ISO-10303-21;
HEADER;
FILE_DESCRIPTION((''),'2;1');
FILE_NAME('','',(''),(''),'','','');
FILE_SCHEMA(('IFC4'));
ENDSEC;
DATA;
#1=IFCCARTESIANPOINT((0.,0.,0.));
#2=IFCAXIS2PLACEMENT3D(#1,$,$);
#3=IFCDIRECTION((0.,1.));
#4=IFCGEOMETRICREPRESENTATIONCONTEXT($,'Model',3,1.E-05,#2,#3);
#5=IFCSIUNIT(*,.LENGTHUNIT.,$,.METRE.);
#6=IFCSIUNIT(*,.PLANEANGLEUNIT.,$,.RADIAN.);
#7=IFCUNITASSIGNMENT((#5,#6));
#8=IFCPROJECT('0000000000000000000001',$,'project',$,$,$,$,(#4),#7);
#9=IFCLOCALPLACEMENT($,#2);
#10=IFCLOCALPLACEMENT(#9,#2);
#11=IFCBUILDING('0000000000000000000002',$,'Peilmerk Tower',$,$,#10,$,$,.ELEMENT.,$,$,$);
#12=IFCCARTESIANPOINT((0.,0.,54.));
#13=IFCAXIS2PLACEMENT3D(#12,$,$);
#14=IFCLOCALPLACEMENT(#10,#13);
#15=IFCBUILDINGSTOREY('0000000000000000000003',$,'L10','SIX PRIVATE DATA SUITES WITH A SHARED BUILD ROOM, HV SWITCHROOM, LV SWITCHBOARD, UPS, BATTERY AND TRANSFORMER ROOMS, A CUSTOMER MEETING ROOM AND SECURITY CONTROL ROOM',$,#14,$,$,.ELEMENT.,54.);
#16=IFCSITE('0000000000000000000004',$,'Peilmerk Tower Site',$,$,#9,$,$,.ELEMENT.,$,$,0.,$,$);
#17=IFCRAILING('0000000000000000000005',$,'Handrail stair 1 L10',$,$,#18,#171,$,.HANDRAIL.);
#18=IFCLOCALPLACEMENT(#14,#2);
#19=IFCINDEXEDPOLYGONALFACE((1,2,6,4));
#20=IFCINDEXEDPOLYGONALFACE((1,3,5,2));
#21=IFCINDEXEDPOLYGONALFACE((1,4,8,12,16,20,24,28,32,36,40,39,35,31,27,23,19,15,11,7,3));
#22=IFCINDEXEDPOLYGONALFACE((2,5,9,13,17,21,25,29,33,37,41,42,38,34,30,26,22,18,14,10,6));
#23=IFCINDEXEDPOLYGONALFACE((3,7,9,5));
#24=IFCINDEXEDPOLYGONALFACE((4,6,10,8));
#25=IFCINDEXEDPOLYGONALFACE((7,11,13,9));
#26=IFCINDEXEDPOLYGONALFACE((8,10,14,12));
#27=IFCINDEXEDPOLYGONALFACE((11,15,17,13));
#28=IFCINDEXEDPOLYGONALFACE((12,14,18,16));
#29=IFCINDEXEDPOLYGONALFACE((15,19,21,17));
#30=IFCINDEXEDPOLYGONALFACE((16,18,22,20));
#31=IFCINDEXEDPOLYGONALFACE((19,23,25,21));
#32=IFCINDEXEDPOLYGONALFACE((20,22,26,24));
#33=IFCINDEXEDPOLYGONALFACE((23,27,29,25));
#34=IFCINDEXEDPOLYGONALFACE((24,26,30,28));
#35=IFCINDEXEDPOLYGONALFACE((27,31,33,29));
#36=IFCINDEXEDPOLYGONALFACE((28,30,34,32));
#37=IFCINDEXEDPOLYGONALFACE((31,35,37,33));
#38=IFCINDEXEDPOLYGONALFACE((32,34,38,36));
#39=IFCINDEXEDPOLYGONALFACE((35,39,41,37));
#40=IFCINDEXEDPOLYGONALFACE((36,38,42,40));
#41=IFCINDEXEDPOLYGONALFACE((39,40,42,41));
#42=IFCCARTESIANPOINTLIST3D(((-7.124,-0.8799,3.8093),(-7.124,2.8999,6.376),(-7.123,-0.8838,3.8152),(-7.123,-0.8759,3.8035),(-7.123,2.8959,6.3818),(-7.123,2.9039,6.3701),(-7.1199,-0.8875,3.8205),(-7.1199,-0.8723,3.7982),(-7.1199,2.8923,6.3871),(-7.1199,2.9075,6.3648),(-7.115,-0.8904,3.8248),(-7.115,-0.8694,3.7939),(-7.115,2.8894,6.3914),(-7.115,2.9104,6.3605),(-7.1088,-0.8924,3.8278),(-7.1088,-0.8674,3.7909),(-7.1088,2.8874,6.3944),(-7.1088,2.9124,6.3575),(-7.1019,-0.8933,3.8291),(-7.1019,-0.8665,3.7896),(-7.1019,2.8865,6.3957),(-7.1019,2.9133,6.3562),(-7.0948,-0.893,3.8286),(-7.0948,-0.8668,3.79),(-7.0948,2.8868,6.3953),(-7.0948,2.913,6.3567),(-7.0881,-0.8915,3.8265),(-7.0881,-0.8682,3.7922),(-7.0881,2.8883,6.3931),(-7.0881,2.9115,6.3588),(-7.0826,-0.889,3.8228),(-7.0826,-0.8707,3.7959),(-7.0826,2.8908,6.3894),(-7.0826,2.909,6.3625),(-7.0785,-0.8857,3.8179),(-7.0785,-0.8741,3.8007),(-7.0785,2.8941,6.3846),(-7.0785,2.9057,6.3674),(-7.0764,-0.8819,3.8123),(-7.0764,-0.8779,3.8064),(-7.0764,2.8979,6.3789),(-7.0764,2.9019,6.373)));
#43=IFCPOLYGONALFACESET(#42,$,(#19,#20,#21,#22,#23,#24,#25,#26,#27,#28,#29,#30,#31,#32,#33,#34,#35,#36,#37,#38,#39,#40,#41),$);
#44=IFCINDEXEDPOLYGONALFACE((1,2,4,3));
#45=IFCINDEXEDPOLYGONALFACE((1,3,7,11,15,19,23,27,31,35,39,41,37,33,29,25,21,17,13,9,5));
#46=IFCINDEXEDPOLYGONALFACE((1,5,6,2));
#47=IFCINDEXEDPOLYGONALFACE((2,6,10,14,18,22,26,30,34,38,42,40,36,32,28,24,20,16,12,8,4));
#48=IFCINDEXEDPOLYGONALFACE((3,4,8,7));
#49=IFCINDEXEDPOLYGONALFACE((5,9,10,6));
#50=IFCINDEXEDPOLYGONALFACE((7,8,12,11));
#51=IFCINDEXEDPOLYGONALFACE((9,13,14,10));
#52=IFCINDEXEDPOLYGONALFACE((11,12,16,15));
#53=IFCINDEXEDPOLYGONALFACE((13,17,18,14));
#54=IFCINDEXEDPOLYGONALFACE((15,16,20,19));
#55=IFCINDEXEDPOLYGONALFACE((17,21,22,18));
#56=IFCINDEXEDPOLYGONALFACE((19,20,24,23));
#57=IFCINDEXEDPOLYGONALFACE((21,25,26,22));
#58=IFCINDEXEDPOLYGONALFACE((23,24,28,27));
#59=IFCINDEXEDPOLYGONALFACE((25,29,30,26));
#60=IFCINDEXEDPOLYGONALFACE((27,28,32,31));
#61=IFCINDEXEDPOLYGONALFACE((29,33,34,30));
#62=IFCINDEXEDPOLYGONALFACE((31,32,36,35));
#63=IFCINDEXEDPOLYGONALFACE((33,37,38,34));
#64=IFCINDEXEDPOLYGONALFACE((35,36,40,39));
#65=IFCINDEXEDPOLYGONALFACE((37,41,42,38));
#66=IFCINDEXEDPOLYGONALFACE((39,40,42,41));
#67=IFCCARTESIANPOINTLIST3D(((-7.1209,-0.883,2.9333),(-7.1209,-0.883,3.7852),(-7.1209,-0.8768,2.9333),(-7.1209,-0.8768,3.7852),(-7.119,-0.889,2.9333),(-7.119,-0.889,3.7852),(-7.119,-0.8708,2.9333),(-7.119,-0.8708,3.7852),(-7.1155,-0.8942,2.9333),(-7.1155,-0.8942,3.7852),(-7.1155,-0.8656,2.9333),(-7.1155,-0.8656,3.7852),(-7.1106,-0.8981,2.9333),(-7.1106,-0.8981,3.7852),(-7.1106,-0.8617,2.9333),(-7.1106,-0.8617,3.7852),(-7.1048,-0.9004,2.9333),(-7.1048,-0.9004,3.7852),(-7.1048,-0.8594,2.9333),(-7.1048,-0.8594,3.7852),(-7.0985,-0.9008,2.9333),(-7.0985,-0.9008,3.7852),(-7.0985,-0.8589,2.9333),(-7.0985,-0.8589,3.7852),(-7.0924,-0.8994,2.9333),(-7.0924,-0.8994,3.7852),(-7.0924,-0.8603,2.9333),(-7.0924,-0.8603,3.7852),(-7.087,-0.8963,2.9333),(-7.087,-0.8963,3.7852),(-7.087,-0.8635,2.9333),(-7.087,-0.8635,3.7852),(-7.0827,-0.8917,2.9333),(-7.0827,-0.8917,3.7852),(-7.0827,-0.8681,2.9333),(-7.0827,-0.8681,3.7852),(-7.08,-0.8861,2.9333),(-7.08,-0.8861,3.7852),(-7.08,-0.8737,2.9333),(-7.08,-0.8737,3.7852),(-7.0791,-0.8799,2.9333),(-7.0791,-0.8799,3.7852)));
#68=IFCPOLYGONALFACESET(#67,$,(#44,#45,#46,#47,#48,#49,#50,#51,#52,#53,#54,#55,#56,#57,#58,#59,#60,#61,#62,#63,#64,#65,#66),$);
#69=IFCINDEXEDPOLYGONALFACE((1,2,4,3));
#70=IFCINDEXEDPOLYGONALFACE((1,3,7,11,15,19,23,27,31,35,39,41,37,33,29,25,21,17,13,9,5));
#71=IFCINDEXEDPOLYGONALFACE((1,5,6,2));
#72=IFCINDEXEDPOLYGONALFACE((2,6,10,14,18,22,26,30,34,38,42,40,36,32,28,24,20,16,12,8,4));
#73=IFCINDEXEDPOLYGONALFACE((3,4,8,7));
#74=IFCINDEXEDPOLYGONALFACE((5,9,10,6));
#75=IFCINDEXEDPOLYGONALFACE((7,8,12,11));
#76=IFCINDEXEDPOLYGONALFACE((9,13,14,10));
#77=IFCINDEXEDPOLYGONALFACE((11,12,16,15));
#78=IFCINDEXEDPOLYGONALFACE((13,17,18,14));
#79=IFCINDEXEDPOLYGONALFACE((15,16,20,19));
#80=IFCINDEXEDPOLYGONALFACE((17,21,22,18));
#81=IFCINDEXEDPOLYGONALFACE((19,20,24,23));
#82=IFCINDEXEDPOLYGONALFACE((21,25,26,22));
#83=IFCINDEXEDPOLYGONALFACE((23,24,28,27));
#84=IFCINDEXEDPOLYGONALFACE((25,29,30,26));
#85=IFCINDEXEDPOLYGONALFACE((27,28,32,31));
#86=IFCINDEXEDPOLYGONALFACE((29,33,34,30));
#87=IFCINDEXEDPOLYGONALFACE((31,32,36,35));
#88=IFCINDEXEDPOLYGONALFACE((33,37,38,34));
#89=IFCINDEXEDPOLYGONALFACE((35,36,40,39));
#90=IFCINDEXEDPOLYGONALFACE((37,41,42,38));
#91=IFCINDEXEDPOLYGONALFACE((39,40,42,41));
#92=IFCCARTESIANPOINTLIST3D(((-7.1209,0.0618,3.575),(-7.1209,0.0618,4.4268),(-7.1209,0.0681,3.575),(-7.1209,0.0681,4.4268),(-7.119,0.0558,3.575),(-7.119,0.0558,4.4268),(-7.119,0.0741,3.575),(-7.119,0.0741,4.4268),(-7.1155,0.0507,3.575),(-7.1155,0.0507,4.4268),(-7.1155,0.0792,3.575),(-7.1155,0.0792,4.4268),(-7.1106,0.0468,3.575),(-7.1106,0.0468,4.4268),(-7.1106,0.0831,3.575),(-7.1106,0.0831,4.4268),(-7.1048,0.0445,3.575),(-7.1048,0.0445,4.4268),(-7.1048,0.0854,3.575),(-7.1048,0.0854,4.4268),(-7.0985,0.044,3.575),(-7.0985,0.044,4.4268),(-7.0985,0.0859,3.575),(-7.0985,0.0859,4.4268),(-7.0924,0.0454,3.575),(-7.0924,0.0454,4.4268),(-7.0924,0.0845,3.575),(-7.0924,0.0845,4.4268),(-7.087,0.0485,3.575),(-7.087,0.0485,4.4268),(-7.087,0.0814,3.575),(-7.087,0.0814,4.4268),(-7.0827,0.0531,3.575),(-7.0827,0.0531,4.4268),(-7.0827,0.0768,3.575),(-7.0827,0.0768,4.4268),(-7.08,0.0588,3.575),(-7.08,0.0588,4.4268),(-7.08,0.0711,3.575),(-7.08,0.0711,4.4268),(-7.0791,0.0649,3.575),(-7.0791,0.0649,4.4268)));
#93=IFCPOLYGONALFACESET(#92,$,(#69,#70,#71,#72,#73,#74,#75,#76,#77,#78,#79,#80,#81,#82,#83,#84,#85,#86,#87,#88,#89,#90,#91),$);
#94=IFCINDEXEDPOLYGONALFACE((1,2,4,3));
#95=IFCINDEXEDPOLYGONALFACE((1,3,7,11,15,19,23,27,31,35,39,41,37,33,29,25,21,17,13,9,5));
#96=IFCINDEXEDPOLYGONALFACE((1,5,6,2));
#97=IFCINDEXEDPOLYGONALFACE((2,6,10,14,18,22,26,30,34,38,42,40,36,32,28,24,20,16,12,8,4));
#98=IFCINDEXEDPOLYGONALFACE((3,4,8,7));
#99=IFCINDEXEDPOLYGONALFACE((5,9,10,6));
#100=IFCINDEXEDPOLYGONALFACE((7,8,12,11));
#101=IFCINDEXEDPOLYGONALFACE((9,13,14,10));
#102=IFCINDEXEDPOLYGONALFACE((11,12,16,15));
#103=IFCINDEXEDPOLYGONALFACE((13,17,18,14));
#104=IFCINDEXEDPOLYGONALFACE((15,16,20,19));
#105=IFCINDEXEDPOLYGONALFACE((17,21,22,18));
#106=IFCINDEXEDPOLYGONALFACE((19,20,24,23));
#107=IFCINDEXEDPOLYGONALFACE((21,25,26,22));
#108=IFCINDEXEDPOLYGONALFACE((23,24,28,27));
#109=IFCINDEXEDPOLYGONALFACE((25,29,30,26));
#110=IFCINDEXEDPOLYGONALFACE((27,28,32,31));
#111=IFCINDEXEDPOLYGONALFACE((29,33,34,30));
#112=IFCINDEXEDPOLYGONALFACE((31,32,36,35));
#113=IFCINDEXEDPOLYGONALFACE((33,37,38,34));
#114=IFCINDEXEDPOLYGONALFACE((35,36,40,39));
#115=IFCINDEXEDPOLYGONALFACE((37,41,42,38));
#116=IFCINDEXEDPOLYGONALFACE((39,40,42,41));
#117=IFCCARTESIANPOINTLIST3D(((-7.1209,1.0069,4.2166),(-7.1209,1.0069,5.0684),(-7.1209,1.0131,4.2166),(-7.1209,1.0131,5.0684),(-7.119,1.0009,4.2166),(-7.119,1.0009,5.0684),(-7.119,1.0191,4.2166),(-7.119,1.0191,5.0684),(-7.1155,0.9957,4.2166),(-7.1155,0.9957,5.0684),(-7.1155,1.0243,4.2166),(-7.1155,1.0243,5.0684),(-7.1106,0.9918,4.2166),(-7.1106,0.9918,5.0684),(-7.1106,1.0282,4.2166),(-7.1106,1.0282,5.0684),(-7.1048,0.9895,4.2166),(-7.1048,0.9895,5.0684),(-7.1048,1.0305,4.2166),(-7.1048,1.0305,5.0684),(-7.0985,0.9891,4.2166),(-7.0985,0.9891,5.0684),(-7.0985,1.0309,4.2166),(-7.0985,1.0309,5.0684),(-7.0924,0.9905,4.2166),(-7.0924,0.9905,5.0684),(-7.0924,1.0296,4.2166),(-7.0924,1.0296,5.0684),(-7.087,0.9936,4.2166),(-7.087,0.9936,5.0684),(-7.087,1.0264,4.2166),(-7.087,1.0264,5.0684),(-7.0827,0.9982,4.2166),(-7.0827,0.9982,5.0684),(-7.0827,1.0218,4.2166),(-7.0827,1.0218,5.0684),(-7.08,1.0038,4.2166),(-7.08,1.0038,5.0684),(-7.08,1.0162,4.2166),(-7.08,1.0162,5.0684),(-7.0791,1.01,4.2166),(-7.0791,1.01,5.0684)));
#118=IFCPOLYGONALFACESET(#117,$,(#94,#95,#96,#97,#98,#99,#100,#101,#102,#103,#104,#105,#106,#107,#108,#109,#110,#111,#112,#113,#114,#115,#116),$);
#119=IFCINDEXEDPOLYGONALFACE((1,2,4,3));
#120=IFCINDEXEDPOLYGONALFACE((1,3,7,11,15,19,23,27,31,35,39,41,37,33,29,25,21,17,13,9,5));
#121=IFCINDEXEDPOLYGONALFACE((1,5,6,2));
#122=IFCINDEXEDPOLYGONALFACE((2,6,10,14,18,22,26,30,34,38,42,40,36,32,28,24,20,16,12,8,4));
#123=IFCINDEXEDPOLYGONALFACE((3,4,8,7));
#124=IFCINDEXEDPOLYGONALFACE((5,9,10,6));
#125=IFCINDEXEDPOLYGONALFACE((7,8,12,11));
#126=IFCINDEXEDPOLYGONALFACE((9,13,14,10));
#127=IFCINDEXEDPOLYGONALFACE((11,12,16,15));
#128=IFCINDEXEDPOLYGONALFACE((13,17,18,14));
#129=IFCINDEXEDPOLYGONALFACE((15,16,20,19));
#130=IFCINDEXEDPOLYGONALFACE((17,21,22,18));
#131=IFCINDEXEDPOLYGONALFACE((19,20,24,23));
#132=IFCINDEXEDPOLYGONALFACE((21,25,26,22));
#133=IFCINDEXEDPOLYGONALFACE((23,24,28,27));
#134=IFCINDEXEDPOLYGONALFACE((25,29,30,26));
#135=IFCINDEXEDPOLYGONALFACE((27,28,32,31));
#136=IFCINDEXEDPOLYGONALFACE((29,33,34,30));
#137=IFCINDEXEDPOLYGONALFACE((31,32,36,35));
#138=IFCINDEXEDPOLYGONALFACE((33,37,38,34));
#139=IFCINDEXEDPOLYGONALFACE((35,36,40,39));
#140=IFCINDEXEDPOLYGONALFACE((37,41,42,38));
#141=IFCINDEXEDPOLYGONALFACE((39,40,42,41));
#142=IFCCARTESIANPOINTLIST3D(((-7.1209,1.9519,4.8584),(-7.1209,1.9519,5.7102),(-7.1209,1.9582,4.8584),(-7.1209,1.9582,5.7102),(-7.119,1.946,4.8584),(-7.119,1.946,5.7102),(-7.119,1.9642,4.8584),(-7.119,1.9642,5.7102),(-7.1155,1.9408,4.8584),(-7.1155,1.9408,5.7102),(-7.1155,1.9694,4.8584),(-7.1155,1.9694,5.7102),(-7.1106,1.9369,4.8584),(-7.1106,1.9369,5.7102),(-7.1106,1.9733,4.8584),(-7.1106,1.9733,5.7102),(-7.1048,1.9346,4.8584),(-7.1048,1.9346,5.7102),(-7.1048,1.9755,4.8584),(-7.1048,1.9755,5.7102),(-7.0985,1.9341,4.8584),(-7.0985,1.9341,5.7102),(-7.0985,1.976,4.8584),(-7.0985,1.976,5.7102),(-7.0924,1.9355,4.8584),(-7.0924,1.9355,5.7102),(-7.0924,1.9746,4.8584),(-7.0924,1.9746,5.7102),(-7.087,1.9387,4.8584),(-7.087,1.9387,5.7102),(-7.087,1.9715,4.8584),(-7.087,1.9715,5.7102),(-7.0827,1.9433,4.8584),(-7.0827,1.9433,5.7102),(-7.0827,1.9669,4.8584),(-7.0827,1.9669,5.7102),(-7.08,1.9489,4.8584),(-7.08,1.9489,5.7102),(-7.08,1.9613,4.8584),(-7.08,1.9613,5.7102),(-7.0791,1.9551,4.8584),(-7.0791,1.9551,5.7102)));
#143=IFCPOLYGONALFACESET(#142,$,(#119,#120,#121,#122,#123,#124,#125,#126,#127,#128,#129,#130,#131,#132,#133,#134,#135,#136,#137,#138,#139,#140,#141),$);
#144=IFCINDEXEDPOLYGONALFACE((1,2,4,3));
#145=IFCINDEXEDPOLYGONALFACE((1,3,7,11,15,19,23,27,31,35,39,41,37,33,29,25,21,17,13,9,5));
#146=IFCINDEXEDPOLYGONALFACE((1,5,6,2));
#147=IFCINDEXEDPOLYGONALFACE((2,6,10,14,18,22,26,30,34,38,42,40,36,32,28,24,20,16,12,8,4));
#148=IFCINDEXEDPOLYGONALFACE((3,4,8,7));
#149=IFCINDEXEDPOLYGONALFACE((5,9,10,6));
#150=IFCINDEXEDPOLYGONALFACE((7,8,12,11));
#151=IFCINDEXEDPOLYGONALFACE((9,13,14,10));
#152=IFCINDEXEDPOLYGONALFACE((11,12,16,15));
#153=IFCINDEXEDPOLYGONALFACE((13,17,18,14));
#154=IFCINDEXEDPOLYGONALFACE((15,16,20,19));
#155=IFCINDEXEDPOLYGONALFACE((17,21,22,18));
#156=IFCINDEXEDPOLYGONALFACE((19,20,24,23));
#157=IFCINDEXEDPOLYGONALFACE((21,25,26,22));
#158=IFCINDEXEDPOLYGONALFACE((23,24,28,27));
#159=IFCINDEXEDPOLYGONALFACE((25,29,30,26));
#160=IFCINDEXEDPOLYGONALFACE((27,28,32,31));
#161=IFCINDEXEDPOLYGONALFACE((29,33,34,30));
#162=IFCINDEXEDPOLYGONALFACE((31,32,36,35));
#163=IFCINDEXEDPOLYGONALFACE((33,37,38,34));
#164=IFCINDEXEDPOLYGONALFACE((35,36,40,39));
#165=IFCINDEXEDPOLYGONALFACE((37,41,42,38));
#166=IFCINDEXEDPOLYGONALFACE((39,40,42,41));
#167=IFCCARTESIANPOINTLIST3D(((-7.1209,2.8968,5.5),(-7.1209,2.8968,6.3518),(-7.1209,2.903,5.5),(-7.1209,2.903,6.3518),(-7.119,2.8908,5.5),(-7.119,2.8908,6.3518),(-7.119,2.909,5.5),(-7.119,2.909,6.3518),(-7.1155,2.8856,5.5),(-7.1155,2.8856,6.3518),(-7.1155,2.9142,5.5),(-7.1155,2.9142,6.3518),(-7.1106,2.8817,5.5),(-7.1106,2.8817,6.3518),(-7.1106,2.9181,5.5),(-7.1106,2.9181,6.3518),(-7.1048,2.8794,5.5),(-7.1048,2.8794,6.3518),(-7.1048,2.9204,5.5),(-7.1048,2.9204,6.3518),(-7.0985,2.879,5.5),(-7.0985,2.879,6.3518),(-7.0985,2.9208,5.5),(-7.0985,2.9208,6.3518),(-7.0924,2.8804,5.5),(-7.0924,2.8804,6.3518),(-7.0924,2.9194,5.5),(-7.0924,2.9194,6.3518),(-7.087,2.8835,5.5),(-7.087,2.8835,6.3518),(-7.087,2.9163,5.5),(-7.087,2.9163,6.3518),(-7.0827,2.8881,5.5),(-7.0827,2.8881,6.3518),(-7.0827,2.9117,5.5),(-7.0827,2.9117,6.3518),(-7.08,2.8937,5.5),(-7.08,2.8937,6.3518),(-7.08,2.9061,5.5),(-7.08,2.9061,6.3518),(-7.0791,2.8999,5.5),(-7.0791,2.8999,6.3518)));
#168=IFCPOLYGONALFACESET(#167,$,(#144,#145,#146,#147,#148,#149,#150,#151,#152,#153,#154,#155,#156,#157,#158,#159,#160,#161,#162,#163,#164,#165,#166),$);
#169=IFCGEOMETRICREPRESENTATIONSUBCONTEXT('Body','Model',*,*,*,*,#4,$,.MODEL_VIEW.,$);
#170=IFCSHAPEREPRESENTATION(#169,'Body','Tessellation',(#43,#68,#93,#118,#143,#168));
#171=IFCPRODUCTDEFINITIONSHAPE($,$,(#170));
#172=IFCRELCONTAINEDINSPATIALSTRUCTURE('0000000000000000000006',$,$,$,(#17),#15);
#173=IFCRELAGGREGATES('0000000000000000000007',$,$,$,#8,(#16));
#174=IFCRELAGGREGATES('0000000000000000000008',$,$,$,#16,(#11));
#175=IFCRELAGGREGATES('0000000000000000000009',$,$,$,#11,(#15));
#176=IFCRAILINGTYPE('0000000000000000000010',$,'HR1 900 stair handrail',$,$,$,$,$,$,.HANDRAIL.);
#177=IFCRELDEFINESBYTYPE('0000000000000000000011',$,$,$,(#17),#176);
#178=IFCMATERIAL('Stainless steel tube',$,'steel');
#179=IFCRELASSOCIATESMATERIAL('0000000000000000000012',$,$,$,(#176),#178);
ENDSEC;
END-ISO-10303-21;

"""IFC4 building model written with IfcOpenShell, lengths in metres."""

from ifc_helpers import new_model, si_unit, direction, frame, origin, origin_2d, place, context, subcontext, project, spatial, circle, extrude, material, type_object, element, save


model = new_model("IFC4")

# Units and contexts
model_context = context("Model", 3, precision=1e-05, world=origin(), true_north=direction((0.0, 1.0)))
body_context = subcontext(model_context, "Body", "Model", "MODEL_VIEW")
ifc_project = project(units=[si_unit("LENGTHUNIT", "METRE"), si_unit("PLANEANGLEUNIT", "RADIAN")], contexts=[model_context])

# Site, building, storey
site_placement = place(None, origin())
site = spatial("IfcSite", under=ifc_project, at=site_placement, Name="Peilmerk Tower Site", CompositionType="ELEMENT", RefElevation=0.0)
building_placement = place(site_placement, origin())
building = spatial("IfcBuilding", under=site, at=building_placement, Name="Peilmerk Tower", CompositionType="ELEMENT")
storey_placement = place(building_placement, frame((0.0, 0.0, 54.0)))
storey = spatial("IfcBuildingStorey", under=building, at=storey_placement, Name="L10", Description="SIX PRIVATE DATA SUITES WITH A SHARED BUILD ROOM, HV SWITCHROOM, LV SWITCHBOARD, UPS, BATTERY AND TRANSFORMER ROOMS, A CUSTOMER MEETING ROOM AND SECURITY CONTROL ROOM", CompositionType="ELEMENT", Elevation=54.0)

# Railing
ifc_material_1 = material(Name="Stainless steel tube", Category="steel")
railing_type_1 = type_object("IfcRailingType", Name="HR1 900 stair handrail", PredefinedType="HANDRAIL", material=ifc_material_1)
railing_1_placement = place(storey_placement, frame((-7.1001, -0.8799, 2.9333)))
element("IfcRailing", 1, at=railing_1_placement, inside=storey, type_object=railing_type_1, Name="Handrail stair 1 L10", PredefinedType="HANDRAIL", context=body_context, shape_type="SweptSolid", body=[
    extrude(circle(Radius=0.0239, at=origin_2d()), frame((0.0, 0.0, 0.876), z_axis=(0.0, 0.827293, 0.561771), x_axis=(-1.0, 0.0, 0.0)), (0.0, 0.0, 1.0), 4.5688),
    extrude(circle(Radius=0.021, at=origin_2d()), origin(), (0.0, 0.0, 1.0), 0.8518),
    extrude(circle(Radius=0.021, at=origin_2d()), frame((0.0, 0.9448, 0.6416)), (0.0, 0.0, 1.0), 0.8518),
    extrude(circle(Radius=0.021, at=origin_2d()), frame((0.0, 1.8899, 1.2832)), (0.0, 0.0, 1.0), 0.8518),
    extrude(circle(Radius=0.021, at=origin_2d()), frame((0.0, 2.835, 1.925)), (0.0, 0.0, 1.0), 0.8518),
    extrude(circle(Radius=0.021, at=origin_2d()), frame((0.0, 3.7798, 2.5667)), (0.0, 0.0, 1.0), 0.8518),
])

save(model, "model.ifc")
